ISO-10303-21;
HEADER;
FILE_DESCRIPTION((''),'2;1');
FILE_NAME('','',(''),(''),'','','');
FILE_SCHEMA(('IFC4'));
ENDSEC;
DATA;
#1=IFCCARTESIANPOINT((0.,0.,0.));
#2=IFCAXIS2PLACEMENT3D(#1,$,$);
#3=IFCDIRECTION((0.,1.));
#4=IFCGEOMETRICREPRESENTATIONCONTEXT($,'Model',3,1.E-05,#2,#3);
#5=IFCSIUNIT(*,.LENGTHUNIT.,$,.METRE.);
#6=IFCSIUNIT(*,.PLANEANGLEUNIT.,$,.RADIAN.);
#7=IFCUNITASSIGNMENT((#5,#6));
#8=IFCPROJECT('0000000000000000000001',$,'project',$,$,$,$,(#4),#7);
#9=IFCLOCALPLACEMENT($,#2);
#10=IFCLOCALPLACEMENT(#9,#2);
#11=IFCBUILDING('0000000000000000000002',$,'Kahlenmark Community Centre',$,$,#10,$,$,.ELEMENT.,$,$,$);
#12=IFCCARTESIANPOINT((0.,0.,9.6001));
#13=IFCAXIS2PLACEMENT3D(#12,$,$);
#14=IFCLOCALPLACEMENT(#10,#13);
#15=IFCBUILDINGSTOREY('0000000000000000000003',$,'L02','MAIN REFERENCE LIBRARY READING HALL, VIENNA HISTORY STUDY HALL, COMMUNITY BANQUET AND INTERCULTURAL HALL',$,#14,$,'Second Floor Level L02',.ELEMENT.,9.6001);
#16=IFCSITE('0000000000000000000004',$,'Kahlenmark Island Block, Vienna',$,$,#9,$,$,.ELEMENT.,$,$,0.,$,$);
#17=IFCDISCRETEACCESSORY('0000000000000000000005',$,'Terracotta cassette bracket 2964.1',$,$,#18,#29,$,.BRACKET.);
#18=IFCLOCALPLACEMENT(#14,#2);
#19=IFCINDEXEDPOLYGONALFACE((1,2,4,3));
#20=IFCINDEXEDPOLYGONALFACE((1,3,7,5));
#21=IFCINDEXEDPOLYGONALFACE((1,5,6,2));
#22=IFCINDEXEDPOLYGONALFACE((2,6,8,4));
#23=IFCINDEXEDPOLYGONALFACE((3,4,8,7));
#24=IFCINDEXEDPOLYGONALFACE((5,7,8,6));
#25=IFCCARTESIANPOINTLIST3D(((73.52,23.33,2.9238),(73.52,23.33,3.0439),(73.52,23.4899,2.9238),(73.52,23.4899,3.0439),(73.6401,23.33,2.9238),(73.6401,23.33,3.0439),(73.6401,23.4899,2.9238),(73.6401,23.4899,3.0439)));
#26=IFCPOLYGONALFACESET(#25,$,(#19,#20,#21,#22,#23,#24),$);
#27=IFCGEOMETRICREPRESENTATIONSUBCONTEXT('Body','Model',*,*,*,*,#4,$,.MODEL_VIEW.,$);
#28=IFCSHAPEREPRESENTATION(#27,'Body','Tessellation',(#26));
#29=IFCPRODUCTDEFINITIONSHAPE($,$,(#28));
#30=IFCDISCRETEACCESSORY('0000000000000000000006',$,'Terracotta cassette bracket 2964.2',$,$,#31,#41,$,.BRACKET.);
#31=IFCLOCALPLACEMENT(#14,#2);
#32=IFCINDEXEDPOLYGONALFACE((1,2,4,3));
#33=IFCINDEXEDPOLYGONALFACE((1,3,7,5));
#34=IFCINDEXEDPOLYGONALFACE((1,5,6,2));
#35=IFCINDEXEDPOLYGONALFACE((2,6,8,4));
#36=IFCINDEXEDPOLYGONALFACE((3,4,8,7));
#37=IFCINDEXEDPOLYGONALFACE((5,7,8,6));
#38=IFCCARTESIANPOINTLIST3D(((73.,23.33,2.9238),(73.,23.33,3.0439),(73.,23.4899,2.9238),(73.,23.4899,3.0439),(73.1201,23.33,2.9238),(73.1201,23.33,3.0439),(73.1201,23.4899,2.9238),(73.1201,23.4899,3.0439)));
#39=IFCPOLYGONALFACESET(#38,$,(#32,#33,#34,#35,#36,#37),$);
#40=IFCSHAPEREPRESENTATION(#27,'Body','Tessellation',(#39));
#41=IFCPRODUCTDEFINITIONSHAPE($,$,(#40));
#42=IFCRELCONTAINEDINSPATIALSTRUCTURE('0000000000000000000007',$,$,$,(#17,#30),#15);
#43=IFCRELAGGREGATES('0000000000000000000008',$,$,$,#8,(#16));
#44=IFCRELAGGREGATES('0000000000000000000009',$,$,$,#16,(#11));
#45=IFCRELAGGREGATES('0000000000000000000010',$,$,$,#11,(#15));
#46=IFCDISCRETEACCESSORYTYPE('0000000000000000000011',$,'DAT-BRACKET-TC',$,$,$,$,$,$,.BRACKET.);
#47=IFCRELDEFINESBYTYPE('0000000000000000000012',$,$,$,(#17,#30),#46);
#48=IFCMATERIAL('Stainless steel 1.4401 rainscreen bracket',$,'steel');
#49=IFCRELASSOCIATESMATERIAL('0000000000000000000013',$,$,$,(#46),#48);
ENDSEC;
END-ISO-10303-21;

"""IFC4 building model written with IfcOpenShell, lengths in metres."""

from ifc_helpers import new_model, si_unit, direction, frame, origin, origin_2d, place, context, subcontext, project, spatial, rectangle, extrude, material, type_object, element, save


model = new_model("IFC4")

# Units and contexts
model_context = context("Model", 3, precision=1e-05, world=origin(), true_north=direction((0.0, 1.0)))
body_context = subcontext(model_context, "Body", "Model", "MODEL_VIEW")
ifc_project = project(units=[si_unit("LENGTHUNIT", "METRE"), si_unit("PLANEANGLEUNIT", "RADIAN")], contexts=[model_context])

# Site, building, storey
site_placement = place(None, origin())
site = spatial("IfcSite", under=ifc_project, at=site_placement, Name="Kahlenmark Island Block, Vienna", CompositionType="ELEMENT", RefElevation=0.0)
building_placement = place(site_placement, origin())
building = spatial("IfcBuilding", under=site, at=building_placement, Name="Kahlenmark Community Centre", CompositionType="ELEMENT")
storey_placement = place(building_placement, frame((0.0, 0.0, 9.6001)))
storey = spatial("IfcBuildingStorey", under=building, at=storey_placement, Name="L02", Description="MAIN REFERENCE LIBRARY READING HALL, VIENNA HISTORY STUDY HALL, COMMUNITY BANQUET AND INTERCULTURAL HALL", LongName="Second Floor Level L02", CompositionType="ELEMENT", Elevation=9.6001)

# Discrete accessories
ifc_material_1 = material(Name="Stainless steel 1.4401 rainscreen bracket", Category="steel")
discrete_accessory_type = type_object("IfcDiscreteAccessoryType", Name="DAT-BRACKET-TC", PredefinedType="BRACKET", material=ifc_material_1)
for number, where, z_axis, x_axis, name in (
    (1, (73.5801, 23.4099, 2.9238), (0.0, 0.0, 1.0), (-1.0, 0.0, 0.0), "Terracotta cassette bracket 2964.1"),
    (2, (73.0601, 23.4099, 2.9238), (0.0, 0.0, 1.0), (-1.0, 0.0, 0.0), "Terracotta cassette bracket 2964.2"),
):
    element("IfcDiscreteAccessory", number, at=place(storey_placement, frame(where, z_axis=z_axis, x_axis=x_axis)), inside=storey, type_object=discrete_accessory_type, Name=name, PredefinedType="BRACKET", context=body_context, shape_type="SweptSolid", body=[
        extrude(rectangle(XDim=0.1201, YDim=0.1599, at=origin_2d()), origin(), (0.0, 0.0, 1.0), 0.1201),
    ])

save(model, "model.ifc")
